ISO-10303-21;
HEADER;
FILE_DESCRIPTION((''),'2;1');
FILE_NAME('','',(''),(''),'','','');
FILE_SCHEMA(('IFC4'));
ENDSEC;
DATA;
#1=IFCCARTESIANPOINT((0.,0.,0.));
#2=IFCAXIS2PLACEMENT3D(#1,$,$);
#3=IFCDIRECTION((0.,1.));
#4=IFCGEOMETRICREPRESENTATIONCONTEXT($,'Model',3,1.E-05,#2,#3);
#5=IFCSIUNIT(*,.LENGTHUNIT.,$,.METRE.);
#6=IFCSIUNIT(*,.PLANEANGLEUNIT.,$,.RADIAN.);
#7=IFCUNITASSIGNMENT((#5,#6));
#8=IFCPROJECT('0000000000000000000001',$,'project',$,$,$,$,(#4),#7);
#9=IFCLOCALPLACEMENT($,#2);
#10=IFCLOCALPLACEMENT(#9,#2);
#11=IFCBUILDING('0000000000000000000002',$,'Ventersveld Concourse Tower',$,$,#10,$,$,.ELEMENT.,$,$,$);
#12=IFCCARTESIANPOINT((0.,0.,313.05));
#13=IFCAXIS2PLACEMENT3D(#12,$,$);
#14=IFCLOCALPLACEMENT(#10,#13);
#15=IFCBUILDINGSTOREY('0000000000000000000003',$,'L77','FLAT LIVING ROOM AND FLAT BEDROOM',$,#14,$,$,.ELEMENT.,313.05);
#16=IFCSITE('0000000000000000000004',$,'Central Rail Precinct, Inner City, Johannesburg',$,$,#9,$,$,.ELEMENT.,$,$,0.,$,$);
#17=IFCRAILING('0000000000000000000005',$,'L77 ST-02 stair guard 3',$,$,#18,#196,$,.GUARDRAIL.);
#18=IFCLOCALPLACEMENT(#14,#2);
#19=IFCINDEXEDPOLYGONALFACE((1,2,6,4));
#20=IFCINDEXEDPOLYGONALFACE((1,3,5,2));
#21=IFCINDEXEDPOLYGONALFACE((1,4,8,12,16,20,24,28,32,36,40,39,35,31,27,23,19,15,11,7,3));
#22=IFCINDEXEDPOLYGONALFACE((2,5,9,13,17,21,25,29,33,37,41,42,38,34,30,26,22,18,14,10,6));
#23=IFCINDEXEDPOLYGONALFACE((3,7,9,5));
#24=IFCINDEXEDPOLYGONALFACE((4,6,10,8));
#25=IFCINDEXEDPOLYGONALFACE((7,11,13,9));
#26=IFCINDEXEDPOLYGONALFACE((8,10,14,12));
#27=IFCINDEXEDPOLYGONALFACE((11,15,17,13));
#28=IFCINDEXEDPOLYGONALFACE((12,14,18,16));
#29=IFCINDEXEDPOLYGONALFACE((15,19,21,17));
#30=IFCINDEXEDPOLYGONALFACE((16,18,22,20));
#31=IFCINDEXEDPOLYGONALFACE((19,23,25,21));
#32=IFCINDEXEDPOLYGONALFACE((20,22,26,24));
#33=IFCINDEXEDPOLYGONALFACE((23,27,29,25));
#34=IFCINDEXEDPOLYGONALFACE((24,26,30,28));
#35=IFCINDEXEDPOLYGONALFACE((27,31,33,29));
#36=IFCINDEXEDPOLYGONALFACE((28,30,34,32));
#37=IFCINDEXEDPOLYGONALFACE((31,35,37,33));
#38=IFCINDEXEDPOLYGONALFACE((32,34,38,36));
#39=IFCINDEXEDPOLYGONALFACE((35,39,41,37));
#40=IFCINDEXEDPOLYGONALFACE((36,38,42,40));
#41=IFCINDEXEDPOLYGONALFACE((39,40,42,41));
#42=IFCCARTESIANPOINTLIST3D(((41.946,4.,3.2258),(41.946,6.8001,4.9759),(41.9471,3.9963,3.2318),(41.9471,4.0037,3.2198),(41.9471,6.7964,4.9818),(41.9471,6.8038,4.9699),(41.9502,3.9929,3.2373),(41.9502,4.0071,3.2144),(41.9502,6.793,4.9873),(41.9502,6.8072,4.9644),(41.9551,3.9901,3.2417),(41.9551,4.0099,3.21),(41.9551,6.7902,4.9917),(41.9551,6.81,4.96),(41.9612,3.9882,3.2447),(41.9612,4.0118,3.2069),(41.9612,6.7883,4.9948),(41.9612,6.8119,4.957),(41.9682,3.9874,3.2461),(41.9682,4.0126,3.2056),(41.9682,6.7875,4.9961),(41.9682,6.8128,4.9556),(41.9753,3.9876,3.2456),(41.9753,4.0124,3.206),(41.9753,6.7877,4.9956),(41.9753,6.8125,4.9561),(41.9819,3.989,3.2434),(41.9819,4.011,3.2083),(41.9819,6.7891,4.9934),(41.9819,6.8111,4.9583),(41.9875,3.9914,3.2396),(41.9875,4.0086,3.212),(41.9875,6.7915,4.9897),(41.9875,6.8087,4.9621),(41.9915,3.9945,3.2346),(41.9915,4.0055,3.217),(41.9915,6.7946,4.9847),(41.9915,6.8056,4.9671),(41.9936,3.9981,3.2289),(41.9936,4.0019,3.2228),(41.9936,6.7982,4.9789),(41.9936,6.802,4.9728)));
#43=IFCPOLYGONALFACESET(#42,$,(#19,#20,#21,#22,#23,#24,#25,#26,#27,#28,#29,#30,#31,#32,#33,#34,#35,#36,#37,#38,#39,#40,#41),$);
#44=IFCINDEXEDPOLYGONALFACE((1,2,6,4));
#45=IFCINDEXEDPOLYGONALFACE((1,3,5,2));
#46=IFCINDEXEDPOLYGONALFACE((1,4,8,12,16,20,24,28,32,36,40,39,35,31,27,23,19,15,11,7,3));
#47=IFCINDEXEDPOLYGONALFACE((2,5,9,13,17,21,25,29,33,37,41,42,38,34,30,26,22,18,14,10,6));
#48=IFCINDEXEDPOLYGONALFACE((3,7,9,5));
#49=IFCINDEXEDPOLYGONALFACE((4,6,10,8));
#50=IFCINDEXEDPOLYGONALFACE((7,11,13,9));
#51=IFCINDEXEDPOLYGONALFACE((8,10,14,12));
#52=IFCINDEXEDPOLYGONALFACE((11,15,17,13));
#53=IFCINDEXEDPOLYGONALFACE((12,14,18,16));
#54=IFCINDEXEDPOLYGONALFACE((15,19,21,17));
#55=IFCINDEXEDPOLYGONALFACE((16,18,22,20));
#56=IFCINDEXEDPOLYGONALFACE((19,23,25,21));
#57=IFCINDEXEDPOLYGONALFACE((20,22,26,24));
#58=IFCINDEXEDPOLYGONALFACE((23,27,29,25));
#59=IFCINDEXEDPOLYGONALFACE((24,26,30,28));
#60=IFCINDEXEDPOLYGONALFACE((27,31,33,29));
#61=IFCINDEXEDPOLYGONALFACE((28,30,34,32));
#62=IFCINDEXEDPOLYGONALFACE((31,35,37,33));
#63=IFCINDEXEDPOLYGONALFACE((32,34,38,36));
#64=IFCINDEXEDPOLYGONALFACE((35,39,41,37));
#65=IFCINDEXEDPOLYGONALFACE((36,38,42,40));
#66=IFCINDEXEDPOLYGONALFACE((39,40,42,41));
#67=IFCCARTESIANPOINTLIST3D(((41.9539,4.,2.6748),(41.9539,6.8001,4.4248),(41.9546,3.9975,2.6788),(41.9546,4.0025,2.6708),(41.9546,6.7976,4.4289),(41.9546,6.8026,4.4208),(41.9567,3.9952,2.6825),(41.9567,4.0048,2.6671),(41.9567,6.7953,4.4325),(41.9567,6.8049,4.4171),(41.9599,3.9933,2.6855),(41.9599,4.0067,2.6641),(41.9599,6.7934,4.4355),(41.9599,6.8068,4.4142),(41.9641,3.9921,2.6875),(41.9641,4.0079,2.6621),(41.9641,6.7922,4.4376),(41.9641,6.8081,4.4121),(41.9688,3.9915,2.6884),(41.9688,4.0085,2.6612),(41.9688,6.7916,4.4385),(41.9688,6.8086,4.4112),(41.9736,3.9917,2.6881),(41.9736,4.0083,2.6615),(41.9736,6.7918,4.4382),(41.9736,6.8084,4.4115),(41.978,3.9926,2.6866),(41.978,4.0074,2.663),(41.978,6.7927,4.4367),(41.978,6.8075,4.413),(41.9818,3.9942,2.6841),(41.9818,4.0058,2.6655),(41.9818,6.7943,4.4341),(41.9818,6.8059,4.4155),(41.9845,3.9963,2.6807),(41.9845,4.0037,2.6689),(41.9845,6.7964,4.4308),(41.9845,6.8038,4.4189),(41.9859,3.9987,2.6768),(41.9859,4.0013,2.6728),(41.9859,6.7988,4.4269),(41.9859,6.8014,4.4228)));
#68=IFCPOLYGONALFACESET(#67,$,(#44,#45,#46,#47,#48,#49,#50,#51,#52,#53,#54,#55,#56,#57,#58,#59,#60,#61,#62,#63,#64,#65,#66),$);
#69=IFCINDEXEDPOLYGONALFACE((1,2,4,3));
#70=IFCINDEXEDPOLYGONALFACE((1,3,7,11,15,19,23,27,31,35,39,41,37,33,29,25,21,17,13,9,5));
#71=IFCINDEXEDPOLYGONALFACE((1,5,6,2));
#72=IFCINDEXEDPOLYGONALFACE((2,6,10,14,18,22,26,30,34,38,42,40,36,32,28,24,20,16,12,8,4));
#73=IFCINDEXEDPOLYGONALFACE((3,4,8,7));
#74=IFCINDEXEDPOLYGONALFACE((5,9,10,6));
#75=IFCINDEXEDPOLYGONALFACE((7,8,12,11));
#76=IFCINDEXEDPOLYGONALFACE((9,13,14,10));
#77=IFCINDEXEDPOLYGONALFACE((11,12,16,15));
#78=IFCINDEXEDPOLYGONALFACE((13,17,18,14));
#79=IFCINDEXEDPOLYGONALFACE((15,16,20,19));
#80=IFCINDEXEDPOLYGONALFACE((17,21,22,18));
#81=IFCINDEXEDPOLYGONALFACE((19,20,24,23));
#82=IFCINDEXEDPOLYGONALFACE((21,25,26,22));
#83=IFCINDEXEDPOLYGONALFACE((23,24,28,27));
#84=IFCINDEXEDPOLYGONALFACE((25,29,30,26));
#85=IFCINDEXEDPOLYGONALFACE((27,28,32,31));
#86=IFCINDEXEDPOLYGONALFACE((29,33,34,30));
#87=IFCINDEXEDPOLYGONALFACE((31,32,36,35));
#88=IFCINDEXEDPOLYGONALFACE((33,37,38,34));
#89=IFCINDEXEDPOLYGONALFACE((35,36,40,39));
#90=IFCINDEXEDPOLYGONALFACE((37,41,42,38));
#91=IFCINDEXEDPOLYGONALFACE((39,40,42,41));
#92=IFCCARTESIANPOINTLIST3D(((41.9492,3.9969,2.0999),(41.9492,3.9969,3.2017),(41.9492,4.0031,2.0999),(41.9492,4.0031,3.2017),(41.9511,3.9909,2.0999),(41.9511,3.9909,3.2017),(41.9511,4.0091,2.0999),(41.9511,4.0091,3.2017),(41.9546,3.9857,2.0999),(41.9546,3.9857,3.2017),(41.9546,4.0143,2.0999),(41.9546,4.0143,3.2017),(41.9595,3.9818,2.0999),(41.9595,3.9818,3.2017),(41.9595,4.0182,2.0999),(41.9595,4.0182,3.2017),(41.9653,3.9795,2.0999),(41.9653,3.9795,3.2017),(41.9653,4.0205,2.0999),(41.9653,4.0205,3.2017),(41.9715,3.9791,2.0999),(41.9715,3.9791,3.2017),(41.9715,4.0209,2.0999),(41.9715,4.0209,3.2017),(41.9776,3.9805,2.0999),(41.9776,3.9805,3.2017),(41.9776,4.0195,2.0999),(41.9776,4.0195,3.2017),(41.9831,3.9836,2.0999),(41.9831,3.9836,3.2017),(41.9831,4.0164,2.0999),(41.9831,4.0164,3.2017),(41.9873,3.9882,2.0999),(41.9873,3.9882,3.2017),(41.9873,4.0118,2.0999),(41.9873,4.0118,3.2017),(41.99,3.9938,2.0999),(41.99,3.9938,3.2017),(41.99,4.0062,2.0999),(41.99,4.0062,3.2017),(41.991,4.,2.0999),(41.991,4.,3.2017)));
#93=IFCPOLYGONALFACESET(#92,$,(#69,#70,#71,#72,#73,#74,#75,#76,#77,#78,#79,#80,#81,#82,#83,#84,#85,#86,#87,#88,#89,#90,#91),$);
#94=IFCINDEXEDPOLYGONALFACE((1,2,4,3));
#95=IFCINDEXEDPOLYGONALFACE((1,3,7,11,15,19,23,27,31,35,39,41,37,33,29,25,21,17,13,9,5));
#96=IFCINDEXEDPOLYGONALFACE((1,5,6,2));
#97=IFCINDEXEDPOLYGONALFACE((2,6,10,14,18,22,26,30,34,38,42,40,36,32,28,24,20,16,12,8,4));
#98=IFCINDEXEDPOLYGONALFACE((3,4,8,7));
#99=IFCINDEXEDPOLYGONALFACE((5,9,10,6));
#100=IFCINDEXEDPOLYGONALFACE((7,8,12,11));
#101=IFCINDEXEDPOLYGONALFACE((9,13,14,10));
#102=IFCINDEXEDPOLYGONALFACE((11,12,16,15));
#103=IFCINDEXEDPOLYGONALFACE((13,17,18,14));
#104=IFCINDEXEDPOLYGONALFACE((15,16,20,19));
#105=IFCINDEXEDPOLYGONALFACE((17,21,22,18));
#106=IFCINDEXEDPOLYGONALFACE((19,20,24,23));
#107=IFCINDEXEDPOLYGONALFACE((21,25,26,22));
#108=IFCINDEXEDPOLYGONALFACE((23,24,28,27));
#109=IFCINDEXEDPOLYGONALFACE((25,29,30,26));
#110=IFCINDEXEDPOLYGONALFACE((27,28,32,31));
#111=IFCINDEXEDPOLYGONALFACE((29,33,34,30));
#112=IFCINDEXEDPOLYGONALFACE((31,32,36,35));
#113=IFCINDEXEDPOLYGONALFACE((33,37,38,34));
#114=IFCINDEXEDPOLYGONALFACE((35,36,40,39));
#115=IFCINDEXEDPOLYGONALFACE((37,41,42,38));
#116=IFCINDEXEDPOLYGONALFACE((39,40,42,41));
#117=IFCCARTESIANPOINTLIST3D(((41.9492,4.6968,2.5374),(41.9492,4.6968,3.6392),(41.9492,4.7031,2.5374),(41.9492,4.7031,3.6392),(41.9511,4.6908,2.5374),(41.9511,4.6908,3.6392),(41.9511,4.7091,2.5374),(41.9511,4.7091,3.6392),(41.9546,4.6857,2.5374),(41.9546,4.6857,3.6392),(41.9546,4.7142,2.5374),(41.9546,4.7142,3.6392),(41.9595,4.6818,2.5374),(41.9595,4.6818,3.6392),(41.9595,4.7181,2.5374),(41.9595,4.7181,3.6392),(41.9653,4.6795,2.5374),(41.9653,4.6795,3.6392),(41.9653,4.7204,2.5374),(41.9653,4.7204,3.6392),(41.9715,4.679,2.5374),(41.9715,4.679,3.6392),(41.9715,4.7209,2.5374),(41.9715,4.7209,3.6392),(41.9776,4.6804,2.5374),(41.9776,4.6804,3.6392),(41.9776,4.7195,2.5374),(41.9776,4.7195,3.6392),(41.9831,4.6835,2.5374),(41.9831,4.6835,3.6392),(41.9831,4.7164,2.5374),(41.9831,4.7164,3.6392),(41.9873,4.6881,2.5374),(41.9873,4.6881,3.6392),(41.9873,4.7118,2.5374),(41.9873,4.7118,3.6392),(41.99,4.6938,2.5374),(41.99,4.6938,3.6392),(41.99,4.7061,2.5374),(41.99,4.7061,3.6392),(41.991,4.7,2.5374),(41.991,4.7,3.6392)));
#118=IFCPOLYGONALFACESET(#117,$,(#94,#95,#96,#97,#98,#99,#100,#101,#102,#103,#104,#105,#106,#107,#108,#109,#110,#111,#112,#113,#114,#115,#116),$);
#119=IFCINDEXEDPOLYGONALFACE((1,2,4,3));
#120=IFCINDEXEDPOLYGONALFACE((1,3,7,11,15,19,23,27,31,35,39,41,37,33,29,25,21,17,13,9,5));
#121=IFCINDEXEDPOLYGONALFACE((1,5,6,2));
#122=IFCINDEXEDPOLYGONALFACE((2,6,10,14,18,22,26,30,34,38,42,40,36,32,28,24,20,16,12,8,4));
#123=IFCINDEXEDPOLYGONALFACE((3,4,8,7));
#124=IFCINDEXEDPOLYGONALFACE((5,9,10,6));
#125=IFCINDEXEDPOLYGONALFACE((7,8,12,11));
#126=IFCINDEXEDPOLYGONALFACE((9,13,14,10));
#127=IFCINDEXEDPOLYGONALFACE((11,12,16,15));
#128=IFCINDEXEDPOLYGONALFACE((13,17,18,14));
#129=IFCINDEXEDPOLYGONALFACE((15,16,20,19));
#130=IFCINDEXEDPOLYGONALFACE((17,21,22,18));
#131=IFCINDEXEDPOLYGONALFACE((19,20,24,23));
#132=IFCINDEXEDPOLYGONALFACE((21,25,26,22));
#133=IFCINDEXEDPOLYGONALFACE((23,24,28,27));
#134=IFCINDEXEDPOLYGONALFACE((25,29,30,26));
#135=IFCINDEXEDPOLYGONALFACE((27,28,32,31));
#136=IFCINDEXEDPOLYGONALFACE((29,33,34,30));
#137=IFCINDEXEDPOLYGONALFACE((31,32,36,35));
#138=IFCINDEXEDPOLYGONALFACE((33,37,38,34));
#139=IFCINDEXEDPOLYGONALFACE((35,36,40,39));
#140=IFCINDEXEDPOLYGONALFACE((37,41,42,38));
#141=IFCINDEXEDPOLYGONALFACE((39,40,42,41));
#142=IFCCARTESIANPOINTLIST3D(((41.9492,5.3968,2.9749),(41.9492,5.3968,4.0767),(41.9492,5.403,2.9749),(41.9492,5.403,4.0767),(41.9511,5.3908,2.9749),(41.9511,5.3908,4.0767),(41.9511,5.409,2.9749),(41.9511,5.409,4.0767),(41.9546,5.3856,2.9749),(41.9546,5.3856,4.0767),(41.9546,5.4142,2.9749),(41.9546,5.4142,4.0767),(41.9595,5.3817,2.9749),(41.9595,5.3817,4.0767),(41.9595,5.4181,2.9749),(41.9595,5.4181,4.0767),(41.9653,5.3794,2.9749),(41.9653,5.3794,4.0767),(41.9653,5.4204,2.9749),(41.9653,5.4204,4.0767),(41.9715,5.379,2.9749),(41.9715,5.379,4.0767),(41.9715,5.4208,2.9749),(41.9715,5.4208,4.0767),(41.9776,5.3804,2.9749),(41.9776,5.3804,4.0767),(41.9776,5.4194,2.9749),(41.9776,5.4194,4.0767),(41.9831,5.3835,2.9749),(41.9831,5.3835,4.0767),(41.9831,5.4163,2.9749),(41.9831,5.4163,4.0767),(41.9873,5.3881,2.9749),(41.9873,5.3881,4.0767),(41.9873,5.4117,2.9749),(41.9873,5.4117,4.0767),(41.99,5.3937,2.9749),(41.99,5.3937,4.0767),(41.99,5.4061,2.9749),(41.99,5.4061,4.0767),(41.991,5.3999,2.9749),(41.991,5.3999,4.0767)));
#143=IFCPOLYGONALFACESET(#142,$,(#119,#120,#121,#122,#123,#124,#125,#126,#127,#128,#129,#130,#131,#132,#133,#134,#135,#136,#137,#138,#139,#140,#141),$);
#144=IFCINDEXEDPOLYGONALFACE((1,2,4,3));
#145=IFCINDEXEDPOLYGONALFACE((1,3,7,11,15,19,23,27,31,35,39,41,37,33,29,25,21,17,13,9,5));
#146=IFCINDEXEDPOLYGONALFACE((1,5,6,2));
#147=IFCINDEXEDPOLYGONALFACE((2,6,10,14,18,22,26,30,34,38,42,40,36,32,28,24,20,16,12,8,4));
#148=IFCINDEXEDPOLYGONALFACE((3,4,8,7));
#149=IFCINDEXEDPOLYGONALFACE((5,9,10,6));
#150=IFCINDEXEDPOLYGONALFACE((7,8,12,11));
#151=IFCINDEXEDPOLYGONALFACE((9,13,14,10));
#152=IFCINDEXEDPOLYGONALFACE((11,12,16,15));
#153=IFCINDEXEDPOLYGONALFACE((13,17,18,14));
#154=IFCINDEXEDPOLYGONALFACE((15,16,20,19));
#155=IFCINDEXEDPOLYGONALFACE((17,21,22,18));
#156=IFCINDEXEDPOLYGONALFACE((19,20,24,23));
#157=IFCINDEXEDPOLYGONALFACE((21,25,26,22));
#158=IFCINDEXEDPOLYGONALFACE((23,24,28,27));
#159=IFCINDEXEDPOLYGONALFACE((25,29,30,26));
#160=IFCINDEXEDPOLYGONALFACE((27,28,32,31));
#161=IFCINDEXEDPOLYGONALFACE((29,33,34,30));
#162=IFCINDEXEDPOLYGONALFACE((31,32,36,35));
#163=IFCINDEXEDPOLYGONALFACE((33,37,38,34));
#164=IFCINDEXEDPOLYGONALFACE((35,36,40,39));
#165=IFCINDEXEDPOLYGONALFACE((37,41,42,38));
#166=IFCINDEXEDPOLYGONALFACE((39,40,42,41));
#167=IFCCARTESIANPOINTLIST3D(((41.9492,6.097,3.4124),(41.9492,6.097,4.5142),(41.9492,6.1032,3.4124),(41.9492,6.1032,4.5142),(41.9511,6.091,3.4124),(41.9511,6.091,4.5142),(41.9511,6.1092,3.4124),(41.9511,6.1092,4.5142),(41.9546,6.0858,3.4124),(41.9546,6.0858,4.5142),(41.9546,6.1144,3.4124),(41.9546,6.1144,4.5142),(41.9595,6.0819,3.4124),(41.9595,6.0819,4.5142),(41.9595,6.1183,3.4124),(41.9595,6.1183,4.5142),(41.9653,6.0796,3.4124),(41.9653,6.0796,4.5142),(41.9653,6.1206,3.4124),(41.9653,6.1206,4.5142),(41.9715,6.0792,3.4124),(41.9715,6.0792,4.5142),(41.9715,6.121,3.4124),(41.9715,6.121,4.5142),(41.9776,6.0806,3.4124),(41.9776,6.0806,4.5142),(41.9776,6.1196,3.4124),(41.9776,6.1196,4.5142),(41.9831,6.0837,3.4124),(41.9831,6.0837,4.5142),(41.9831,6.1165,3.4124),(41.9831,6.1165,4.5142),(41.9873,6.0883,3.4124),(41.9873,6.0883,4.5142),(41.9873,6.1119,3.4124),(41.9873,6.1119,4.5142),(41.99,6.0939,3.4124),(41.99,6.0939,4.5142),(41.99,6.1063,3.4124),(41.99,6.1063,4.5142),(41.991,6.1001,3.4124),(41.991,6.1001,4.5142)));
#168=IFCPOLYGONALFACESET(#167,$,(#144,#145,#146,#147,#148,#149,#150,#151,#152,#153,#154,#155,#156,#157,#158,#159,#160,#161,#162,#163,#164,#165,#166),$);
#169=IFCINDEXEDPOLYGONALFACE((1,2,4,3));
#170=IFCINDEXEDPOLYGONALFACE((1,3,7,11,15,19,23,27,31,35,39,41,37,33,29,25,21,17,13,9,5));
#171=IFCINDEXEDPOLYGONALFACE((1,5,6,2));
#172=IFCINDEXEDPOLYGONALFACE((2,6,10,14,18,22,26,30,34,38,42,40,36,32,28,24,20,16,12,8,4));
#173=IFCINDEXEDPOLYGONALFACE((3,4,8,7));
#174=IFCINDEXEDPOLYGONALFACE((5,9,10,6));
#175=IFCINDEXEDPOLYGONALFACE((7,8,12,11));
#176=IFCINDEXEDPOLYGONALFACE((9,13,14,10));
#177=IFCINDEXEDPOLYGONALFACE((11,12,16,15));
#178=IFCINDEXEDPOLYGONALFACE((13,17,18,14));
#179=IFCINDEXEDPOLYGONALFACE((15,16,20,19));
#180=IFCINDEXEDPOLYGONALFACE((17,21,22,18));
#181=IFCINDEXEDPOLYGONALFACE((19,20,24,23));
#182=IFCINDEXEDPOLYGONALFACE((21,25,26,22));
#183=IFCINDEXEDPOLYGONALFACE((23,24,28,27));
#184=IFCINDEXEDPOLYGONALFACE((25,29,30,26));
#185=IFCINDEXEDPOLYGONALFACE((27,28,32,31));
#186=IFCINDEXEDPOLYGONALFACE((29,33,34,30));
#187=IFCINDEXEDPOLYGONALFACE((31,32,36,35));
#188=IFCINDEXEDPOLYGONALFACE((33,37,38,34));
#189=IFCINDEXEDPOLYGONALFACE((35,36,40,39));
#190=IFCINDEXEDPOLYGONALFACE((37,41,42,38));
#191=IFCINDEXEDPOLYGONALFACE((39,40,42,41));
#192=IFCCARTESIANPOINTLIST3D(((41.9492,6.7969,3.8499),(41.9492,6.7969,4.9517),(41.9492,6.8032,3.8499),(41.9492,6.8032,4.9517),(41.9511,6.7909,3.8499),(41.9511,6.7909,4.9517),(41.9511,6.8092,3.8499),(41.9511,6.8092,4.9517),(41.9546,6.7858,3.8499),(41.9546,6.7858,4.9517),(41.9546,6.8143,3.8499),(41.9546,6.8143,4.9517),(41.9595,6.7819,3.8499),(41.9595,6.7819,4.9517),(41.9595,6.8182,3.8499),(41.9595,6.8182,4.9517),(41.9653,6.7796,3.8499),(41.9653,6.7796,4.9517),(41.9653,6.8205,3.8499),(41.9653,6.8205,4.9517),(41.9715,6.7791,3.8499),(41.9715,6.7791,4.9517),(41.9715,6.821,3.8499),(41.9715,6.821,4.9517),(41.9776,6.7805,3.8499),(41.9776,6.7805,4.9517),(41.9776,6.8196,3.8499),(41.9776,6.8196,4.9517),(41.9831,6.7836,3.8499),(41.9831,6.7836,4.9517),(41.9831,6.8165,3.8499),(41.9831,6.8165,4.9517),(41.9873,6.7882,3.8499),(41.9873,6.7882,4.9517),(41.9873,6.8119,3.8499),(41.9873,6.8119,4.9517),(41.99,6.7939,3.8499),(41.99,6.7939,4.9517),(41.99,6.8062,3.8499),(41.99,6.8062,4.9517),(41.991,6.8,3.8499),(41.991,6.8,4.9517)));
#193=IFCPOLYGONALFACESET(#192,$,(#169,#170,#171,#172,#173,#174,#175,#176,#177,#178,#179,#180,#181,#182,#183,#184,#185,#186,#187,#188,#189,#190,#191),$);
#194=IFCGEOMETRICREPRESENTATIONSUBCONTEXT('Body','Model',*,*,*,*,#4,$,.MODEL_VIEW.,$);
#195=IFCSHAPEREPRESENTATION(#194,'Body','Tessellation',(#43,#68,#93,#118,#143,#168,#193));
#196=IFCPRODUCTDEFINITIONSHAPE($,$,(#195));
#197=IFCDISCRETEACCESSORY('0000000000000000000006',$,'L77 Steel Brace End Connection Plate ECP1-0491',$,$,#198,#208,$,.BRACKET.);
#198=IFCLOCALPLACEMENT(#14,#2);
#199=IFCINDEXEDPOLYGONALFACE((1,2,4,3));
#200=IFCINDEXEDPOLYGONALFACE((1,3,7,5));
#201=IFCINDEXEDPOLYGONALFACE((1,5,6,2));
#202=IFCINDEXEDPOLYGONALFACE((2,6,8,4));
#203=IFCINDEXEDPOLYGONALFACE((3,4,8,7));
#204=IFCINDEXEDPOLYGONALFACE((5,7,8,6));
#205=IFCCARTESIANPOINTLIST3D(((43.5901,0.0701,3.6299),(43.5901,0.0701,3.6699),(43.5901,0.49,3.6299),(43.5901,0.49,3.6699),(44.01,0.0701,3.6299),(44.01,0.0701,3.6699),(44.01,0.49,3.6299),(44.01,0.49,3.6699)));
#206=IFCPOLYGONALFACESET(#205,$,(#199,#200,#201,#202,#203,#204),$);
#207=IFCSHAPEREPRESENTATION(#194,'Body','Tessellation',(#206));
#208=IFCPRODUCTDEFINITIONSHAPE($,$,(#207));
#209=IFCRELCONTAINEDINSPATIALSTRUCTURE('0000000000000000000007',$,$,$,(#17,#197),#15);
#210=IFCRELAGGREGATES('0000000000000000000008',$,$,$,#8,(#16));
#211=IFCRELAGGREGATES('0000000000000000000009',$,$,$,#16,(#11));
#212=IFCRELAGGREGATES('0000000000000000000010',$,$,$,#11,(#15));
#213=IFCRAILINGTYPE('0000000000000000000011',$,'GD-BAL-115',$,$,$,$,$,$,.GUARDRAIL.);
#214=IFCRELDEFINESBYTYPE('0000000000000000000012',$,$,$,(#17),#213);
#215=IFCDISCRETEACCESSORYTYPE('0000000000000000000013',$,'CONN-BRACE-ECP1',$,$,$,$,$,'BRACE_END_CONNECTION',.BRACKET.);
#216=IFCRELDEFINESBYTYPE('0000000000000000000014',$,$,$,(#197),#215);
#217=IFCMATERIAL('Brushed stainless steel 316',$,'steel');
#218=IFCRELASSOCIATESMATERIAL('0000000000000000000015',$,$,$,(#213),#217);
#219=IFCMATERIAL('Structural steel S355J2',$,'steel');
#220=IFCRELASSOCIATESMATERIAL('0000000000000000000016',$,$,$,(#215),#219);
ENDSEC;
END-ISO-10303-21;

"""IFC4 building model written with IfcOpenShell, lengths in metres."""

from ifc_helpers import new_model, si_unit, direction, frame, origin, origin_2d, place, context, subcontext, project, spatial, rectangle, circle, extrude, material, type_object, element, save


model = new_model("IFC4")

# Units and contexts
model_context = context("Model", 3, precision=1e-05, world=origin(), true_north=direction((0.0, 1.0)))
body_context = subcontext(model_context, "Body", "Model", "MODEL_VIEW")
ifc_project = project(units=[si_unit("LENGTHUNIT", "METRE"), si_unit("PLANEANGLEUNIT", "RADIAN")], contexts=[model_context])

# Site, building, storey
site_placement = place(None, origin())
site = spatial("IfcSite", under=ifc_project, at=site_placement, Name="Central Rail Precinct, Inner City, Johannesburg", CompositionType="ELEMENT", RefElevation=0.0)
building_placement = place(site_placement, origin())
building = spatial("IfcBuilding", under=site, at=building_placement, Name="Ventersveld Concourse Tower", CompositionType="ELEMENT")
storey_placement = place(building_placement, frame((0.0, 0.0, 313.05)))
storey = spatial("IfcBuildingStorey", under=building, at=storey_placement, Name="L77", Description="FLAT LIVING ROOM AND FLAT BEDROOM", CompositionType="ELEMENT", Elevation=313.05)

# Shared definitions
ifc_material_1 = material(Name="Structural steel S355J2", Category="steel")

# Railing
ifc_material_2 = material(Name="Brushed stainless steel 316", Category="steel")
railing_type = type_object("IfcRailingType", Name="GD-BAL-115", PredefinedType="GUARDRAIL", material=ifc_material_2)
railing_1_placement = place(storey_placement, frame((41.97, 4.0, 2.0999)))
element("IfcRailing", 1, at=railing_1_placement, inside=storey, type_object=railing_type, Name="L77 ST-02 stair guard 3", PredefinedType="GUARDRAIL", context=body_context, shape_type="SweptSolid", body=[
    extrude(circle(Radius=0.0239, at=origin_2d()), frame((0.0, 0.0, 1.126), z_axis=(0.0, 0.848002, 0.529992), x_axis=(-1.0, 0.0, 0.0)), (0.0, 0.0, 1.0), 3.302),
    extrude(circle(Radius=0.0161, at=origin_2d()), frame((0.0, 0.0, 0.575), z_axis=(0.0, 0.848002, 0.529992), x_axis=(-1.0, 0.0, 0.0)), (0.0, 0.0, 1.0), 3.302),
    extrude(circle(Radius=0.021, at=origin_2d()), origin(), (0.0, 0.0, 1.0), 1.1018),
    extrude(circle(Radius=0.021, at=origin_2d()), frame((0.0, 0.7, 0.4375)), (0.0, 0.0, 1.0), 1.1018),
    extrude(circle(Radius=0.021, at=origin_2d()), frame((0.0, 1.3999, 0.875)), (0.0, 0.0, 1.0), 1.1018),
    extrude(circle(Radius=0.021, at=origin_2d()), frame((0.0, 2.1001, 1.3125)), (0.0, 0.0, 1.0), 1.1018),
    extrude(circle(Radius=0.021, at=origin_2d()), frame((0.0, 2.8, 1.75)), (0.0, 0.0, 1.0), 1.1018),
])

# Discrete accessory
discrete_accessory_type = type_object("IfcDiscreteAccessoryType", Name="CONN-BRACE-ECP1", ElementType="BRACE_END_CONNECTION", PredefinedType="BRACKET", material=ifc_material_1)
for number, where, z_axis, x_axis, name in (
    (2, (43.8, 0.28, 3.6299), (0.0, 0.0, 1.0), (1.0, 0.0, 0.0), "L77 Steel Brace End Connection Plate ECP1-0491"),
):
    element("IfcDiscreteAccessory", number, at=place(storey_placement, frame(where, z_axis=z_axis, x_axis=x_axis)), inside=storey, type_object=discrete_accessory_type, Name=name, PredefinedType="BRACKET", context=body_context, shape_type="SweptSolid", body=[
        extrude(rectangle(XDim=0.4199, YDim=0.4199, at=origin_2d()), origin(), (0.0, 0.0, 1.0), 0.04),
    ])

save(model, "model.ifc")
